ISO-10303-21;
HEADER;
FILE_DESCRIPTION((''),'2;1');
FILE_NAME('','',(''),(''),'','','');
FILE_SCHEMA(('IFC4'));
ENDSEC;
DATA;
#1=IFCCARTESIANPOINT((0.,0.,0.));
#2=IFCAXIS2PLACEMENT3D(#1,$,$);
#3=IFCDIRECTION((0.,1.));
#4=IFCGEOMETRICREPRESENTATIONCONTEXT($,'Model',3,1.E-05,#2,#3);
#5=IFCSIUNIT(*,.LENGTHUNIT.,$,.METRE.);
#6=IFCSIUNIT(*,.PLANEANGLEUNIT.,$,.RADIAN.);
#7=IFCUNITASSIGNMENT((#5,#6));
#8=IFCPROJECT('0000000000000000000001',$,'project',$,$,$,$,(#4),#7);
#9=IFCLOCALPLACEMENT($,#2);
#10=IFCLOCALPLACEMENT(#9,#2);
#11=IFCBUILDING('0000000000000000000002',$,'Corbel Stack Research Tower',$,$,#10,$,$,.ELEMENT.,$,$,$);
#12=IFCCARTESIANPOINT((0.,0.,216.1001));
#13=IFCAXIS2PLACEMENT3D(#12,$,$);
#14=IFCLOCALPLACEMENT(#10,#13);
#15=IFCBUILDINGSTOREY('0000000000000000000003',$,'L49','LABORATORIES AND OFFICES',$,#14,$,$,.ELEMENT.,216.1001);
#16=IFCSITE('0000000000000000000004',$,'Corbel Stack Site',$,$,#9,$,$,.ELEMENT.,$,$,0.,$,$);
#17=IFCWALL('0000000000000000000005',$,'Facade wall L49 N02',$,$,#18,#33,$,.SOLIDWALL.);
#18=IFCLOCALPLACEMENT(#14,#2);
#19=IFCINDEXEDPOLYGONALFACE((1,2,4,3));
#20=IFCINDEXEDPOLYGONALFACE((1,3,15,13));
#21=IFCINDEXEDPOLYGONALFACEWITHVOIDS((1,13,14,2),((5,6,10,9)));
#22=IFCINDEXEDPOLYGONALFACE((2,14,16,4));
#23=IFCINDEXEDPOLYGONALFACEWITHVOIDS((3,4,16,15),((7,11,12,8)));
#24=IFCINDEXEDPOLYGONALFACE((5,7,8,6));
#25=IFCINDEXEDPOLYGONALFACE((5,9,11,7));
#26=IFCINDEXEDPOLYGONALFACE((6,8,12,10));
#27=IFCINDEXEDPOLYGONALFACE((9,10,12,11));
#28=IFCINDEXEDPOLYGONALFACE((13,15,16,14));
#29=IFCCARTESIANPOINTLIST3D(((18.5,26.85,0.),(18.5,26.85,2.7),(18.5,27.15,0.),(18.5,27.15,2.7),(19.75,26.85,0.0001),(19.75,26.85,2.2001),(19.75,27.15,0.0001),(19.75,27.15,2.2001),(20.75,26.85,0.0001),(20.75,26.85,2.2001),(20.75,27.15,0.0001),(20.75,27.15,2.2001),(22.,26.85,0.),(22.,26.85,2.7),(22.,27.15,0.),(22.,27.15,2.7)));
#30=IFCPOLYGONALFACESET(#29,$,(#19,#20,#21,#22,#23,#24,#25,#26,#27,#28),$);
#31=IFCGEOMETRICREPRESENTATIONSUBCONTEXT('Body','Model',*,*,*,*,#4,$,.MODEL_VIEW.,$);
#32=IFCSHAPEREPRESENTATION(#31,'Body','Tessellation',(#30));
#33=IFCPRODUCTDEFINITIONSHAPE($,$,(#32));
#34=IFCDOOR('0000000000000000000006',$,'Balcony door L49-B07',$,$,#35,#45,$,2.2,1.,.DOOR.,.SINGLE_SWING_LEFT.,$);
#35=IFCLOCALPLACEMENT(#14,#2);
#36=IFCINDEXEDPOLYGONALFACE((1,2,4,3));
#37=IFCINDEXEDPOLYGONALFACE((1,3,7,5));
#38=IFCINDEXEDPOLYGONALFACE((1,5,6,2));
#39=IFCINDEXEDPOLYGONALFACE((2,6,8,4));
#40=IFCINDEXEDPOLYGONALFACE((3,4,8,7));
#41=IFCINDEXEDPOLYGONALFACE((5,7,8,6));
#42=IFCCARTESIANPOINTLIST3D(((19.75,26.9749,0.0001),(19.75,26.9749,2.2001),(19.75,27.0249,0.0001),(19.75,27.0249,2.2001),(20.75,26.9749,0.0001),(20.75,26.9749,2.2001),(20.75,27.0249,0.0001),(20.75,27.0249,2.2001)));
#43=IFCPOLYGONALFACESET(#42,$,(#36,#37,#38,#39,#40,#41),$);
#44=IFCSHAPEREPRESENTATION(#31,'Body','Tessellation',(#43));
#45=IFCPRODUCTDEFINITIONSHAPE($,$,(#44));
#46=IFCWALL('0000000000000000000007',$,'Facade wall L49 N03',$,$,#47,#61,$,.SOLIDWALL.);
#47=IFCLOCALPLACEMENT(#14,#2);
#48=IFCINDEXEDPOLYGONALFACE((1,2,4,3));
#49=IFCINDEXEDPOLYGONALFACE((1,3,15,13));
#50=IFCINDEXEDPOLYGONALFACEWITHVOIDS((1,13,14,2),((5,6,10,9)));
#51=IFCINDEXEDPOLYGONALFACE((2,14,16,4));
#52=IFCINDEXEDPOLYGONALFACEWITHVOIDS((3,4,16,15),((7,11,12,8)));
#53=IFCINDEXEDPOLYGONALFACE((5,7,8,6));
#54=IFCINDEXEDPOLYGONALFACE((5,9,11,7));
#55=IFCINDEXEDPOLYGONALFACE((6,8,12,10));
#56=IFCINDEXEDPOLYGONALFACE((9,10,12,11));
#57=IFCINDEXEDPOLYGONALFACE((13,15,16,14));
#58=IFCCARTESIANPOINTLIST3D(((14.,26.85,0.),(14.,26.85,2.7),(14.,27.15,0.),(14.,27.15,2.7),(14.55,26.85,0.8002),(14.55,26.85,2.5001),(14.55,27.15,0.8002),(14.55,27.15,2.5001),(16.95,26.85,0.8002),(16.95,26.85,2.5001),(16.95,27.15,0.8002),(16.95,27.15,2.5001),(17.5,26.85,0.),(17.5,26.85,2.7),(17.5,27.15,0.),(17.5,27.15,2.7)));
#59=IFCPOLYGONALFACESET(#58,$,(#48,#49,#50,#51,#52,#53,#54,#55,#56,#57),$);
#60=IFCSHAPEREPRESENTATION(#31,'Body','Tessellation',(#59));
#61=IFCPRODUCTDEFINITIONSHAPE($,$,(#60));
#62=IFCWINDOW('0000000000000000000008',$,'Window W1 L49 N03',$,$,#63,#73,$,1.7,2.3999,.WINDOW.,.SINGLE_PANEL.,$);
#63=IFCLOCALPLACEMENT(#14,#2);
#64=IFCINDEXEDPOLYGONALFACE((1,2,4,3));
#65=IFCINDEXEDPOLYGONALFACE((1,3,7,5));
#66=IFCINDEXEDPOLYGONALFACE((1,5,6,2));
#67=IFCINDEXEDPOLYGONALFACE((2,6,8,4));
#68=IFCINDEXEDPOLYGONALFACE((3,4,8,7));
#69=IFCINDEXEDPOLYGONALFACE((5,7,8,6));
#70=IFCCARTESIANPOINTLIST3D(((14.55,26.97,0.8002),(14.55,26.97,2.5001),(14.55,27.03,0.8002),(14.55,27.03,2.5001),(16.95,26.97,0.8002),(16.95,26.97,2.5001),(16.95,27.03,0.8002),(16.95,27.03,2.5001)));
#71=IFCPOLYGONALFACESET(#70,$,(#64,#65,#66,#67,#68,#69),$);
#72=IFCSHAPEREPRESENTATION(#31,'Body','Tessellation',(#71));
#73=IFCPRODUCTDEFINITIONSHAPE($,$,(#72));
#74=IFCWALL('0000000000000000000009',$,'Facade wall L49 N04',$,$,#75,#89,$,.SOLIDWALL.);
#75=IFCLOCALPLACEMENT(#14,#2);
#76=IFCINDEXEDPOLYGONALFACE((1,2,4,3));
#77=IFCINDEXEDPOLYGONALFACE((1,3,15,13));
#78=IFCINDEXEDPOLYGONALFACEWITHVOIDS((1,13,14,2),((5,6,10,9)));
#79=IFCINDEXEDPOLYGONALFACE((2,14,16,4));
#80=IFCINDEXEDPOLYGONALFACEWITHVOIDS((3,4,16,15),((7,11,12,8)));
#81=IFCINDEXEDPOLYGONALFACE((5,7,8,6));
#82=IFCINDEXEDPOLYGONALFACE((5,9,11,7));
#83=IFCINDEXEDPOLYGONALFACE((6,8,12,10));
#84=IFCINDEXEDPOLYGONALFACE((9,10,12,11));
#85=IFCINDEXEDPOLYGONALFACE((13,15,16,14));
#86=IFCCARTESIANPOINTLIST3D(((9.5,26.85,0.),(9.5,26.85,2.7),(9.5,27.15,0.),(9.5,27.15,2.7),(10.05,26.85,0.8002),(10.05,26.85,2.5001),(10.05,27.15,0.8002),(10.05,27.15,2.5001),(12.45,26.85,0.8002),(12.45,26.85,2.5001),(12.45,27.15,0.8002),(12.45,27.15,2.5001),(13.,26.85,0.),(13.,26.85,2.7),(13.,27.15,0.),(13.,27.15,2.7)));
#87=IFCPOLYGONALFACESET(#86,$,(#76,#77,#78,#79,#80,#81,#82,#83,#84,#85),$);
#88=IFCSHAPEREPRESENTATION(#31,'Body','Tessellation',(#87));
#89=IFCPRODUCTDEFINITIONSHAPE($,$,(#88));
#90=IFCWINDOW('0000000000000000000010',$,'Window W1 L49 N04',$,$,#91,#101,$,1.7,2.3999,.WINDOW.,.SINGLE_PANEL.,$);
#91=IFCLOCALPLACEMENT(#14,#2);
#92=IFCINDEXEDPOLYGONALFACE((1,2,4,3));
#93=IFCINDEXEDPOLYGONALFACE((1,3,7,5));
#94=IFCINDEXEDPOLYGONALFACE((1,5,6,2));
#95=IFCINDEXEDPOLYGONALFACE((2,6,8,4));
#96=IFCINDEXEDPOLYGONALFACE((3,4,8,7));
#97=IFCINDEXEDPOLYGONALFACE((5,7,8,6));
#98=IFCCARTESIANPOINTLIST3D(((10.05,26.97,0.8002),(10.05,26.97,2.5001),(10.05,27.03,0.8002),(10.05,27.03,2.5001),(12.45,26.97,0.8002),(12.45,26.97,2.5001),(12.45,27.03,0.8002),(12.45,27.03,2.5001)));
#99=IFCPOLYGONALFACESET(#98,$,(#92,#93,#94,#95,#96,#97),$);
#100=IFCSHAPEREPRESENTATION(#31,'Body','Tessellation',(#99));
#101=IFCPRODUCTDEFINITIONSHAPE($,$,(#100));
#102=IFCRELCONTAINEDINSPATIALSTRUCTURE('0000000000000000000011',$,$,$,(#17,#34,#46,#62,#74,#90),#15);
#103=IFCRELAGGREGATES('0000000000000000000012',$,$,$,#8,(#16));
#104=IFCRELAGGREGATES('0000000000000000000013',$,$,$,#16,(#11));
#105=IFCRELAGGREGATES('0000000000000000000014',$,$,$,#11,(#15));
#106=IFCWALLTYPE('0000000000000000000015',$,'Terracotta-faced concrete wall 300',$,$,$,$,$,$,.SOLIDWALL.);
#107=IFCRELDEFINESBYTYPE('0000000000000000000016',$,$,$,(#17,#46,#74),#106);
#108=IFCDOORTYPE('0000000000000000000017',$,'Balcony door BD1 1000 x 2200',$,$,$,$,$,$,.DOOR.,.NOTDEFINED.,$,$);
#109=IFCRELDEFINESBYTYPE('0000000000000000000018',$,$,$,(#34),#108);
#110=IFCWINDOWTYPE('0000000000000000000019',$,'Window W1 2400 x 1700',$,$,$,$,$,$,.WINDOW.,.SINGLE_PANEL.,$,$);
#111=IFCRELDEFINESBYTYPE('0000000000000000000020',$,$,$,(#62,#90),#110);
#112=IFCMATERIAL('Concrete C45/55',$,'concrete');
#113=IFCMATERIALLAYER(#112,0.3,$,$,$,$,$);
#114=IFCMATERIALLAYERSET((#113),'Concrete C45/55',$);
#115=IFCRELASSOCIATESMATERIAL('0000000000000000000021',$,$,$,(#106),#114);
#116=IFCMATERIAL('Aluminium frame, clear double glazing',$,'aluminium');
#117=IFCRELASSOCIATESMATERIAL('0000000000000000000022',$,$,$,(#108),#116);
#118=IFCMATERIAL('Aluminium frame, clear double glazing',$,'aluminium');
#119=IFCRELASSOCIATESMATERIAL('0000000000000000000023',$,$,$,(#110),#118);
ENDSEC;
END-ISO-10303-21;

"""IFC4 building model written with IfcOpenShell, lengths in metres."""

from ifc_helpers import new_model, si_unit, direction, frame, frame_2d, origin, place, context, subcontext, project, spatial, rectangle, extrude, material, layer, layer_set, type_object, element, fill, save


model = new_model("IFC4")

# Units and contexts
model_context = context("Model", 3, precision=1e-05, world=origin(), true_north=direction((0.0, 1.0)))
body_context = subcontext(model_context, "Body", "Model", "MODEL_VIEW")
ifc_project = project(units=[si_unit("LENGTHUNIT", "METRE"), si_unit("PLANEANGLEUNIT", "RADIAN")], contexts=[model_context])

# Site, building, storey
site_placement = place(None, origin())
site = spatial("IfcSite", under=ifc_project, at=site_placement, Name="Corbel Stack Site", CompositionType="ELEMENT", RefElevation=0.0)
building_placement = place(site_placement, origin())
building = spatial("IfcBuilding", under=site, at=building_placement, Name="Corbel Stack Research Tower", CompositionType="ELEMENT")
storey_placement = place(building_placement, frame((0.0, 0.0, 216.1001)))
storey = spatial("IfcBuildingStorey", under=building, at=storey_placement, Name="L49", Description="LABORATORIES AND OFFICES", CompositionType="ELEMENT", Elevation=216.1001)

# Wall, opening, door
ifc_material_1 = material(Name="Concrete C45/55", Category="concrete")
ifc_layer_1 = layer(ifc_material_1, 0.3)
ifc_layer_set_1 = layer_set([ifc_layer_1], Name="Concrete C45/55")
wall_type_1 = type_object("IfcWallType", Name="Terracotta-faced concrete wall 300", PredefinedType="SOLIDWALL", material=ifc_layer_set_1)
wall_1_placement = place(storey_placement, frame((18.5, 27.0, 0.0), z_axis=(0.0, 0.0, 1.0), x_axis=(1.0, 0.0, 0.0)))
wall_1 = element("IfcWall", 1, at=wall_1_placement, inside=storey, type_object=wall_type_1, Name="Facade wall L49 N02", PredefinedType="SOLIDWALL", context=body_context, shape_type="SweptSolid", body=[
    extrude(rectangle(XDim=3.5, YDim=0.3, at=frame_2d((1.75, 0.0))), origin(), (0.0, 0.0, 1.0), 2.7),
])
opening_1_placement = place(wall_1_placement, frame((1.25, 0.0, 0.0)))
opening_1 = element("IfcOpeningElement", 2, at=opening_1_placement, cuts=wall_1, PredefinedType="OPENING", context=body_context, shape_type="SweptSolid", body=[
    extrude(rectangle(XDim=1.0, YDim=2.2, at=frame_2d((0.5, 1.1001))), frame((0.0, 0.1599, 0.0), z_axis=(0.0, -1.0, 0.0), x_axis=(1.0, 0.0, 0.0)), (0.0, 0.0, 1.0), 0.3201),
])
ifc_material_2 = material(Name="Aluminium frame, clear double glazing", Category="aluminium")
door_type_1 = type_object("IfcDoorType", Name="Balcony door BD1 1000 x 2200", OperationType="NOTDEFINED", PredefinedType="DOOR", material=ifc_material_2)
door_1_placement = place(opening_1_placement, origin())
door_1 = element("IfcDoor", 3, at=door_1_placement, inside=storey, type_object=door_type_1, Name="Balcony door L49-B07", OperationType="SINGLE_SWING_LEFT", OverallHeight=2.2, OverallWidth=1.0, PredefinedType="DOOR", context=body_context, shape_type="SweptSolid", body=[
    extrude(rectangle(XDim=1.0, YDim=2.2, at=frame_2d((0.5, 1.1001))), frame((0.0, 0.0249, 0.0), z_axis=(0.0, -1.0, 0.0), x_axis=(1.0, 0.0, 0.0)), (0.0, 0.0, 1.0), 0.05),
])
fill(opening_1, door_1)

# Walls, openings, windows
wall_2_placement = place(storey_placement, frame((14.0, 27.0, 0.0), z_axis=(0.0, 0.0, 1.0), x_axis=(1.0, 0.0, 0.0)))
wall_2 = element("IfcWall", 4, at=wall_2_placement, inside=storey, type_object=wall_type_1, Name="Facade wall L49 N03", PredefinedType="SOLIDWALL", context=body_context, shape_type="SweptSolid", body=[
    extrude(rectangle(XDim=3.5, YDim=0.3, at=frame_2d((1.75, 0.0))), origin(), (0.0, 0.0, 1.0), 2.7),
])
opening_2_placement = place(wall_2_placement, frame((0.55, 0.0, 0.8)))
opening_2 = element("IfcOpeningElement", 5, at=opening_2_placement, cuts=wall_2, PredefinedType="OPENING", context=body_context, shape_type="SweptSolid", body=[
    extrude(rectangle(XDim=2.3999, YDim=1.7, at=frame_2d((1.2, 0.8501))), frame((0.0, 0.1599, 0.0), z_axis=(0.0, -1.0, 0.0), x_axis=(1.0, 0.0, 0.0)), (0.0, 0.0, 1.0), 0.3201),
])
ifc_material_3 = material(Name="Aluminium frame, clear double glazing", Category="aluminium")
window_type = type_object("IfcWindowType", Name="Window W1 2400 x 1700", PartitioningType="SINGLE_PANEL", PredefinedType="WINDOW", material=ifc_material_3)
window_1_placement = place(opening_2_placement, origin())
window_1 = element("IfcWindow", 6, at=window_1_placement, inside=storey, type_object=window_type, Name="Window W1 L49 N03", OverallHeight=1.7, OverallWidth=2.3999, PartitioningType="SINGLE_PANEL", PredefinedType="WINDOW", context=body_context, shape_type="SweptSolid", body=[
    extrude(rectangle(XDim=2.3999, YDim=1.7, at=frame_2d((1.2, 0.8501))), frame((0.0, 0.03, 0.0), z_axis=(0.0, -1.0, 0.0), x_axis=(1.0, 0.0, 0.0)), (0.0, 0.0, 1.0), 0.0601),
])
fill(opening_2, window_1)
wall_3_placement = place(storey_placement, frame((9.5, 27.0, 0.0), z_axis=(0.0, 0.0, 1.0), x_axis=(1.0, 0.0, 0.0)))
wall_3 = element("IfcWall", 7, at=wall_3_placement, inside=storey, type_object=wall_type_1, Name="Facade wall L49 N04", PredefinedType="SOLIDWALL", context=body_context, shape_type="SweptSolid", body=[
    extrude(rectangle(XDim=3.5, YDim=0.3, at=frame_2d((1.75, 0.0))), origin(), (0.0, 0.0, 1.0), 2.7),
])
opening_3_placement = place(wall_3_placement, frame((0.55, 0.0, 0.8)))
opening_3 = element("IfcOpeningElement", 8, at=opening_3_placement, cuts=wall_3, PredefinedType="OPENING", context=body_context, shape_type="SweptSolid", body=[
    extrude(rectangle(XDim=2.3999, YDim=1.7, at=frame_2d((1.2, 0.8501))), frame((0.0, 0.1599, 0.0), z_axis=(0.0, -1.0, 0.0), x_axis=(1.0, 0.0, 0.0)), (0.0, 0.0, 1.0), 0.3201),
])
window_2_placement = place(opening_3_placement, origin())
window_2 = element("IfcWindow", 9, at=window_2_placement, inside=storey, type_object=window_type, Name="Window W1 L49 N04", OverallHeight=1.7, OverallWidth=2.3999, PartitioningType="SINGLE_PANEL", PredefinedType="WINDOW", context=body_context, shape_type="SweptSolid", body=[
    extrude(rectangle(XDim=2.3999, YDim=1.7, at=frame_2d((1.2, 0.8501))), frame((0.0, 0.03, 0.0), z_axis=(0.0, -1.0, 0.0), x_axis=(1.0, 0.0, 0.0)), (0.0, 0.0, 1.0), 0.0601),
])
fill(opening_3, window_2)

save(model, "model.ifc")
